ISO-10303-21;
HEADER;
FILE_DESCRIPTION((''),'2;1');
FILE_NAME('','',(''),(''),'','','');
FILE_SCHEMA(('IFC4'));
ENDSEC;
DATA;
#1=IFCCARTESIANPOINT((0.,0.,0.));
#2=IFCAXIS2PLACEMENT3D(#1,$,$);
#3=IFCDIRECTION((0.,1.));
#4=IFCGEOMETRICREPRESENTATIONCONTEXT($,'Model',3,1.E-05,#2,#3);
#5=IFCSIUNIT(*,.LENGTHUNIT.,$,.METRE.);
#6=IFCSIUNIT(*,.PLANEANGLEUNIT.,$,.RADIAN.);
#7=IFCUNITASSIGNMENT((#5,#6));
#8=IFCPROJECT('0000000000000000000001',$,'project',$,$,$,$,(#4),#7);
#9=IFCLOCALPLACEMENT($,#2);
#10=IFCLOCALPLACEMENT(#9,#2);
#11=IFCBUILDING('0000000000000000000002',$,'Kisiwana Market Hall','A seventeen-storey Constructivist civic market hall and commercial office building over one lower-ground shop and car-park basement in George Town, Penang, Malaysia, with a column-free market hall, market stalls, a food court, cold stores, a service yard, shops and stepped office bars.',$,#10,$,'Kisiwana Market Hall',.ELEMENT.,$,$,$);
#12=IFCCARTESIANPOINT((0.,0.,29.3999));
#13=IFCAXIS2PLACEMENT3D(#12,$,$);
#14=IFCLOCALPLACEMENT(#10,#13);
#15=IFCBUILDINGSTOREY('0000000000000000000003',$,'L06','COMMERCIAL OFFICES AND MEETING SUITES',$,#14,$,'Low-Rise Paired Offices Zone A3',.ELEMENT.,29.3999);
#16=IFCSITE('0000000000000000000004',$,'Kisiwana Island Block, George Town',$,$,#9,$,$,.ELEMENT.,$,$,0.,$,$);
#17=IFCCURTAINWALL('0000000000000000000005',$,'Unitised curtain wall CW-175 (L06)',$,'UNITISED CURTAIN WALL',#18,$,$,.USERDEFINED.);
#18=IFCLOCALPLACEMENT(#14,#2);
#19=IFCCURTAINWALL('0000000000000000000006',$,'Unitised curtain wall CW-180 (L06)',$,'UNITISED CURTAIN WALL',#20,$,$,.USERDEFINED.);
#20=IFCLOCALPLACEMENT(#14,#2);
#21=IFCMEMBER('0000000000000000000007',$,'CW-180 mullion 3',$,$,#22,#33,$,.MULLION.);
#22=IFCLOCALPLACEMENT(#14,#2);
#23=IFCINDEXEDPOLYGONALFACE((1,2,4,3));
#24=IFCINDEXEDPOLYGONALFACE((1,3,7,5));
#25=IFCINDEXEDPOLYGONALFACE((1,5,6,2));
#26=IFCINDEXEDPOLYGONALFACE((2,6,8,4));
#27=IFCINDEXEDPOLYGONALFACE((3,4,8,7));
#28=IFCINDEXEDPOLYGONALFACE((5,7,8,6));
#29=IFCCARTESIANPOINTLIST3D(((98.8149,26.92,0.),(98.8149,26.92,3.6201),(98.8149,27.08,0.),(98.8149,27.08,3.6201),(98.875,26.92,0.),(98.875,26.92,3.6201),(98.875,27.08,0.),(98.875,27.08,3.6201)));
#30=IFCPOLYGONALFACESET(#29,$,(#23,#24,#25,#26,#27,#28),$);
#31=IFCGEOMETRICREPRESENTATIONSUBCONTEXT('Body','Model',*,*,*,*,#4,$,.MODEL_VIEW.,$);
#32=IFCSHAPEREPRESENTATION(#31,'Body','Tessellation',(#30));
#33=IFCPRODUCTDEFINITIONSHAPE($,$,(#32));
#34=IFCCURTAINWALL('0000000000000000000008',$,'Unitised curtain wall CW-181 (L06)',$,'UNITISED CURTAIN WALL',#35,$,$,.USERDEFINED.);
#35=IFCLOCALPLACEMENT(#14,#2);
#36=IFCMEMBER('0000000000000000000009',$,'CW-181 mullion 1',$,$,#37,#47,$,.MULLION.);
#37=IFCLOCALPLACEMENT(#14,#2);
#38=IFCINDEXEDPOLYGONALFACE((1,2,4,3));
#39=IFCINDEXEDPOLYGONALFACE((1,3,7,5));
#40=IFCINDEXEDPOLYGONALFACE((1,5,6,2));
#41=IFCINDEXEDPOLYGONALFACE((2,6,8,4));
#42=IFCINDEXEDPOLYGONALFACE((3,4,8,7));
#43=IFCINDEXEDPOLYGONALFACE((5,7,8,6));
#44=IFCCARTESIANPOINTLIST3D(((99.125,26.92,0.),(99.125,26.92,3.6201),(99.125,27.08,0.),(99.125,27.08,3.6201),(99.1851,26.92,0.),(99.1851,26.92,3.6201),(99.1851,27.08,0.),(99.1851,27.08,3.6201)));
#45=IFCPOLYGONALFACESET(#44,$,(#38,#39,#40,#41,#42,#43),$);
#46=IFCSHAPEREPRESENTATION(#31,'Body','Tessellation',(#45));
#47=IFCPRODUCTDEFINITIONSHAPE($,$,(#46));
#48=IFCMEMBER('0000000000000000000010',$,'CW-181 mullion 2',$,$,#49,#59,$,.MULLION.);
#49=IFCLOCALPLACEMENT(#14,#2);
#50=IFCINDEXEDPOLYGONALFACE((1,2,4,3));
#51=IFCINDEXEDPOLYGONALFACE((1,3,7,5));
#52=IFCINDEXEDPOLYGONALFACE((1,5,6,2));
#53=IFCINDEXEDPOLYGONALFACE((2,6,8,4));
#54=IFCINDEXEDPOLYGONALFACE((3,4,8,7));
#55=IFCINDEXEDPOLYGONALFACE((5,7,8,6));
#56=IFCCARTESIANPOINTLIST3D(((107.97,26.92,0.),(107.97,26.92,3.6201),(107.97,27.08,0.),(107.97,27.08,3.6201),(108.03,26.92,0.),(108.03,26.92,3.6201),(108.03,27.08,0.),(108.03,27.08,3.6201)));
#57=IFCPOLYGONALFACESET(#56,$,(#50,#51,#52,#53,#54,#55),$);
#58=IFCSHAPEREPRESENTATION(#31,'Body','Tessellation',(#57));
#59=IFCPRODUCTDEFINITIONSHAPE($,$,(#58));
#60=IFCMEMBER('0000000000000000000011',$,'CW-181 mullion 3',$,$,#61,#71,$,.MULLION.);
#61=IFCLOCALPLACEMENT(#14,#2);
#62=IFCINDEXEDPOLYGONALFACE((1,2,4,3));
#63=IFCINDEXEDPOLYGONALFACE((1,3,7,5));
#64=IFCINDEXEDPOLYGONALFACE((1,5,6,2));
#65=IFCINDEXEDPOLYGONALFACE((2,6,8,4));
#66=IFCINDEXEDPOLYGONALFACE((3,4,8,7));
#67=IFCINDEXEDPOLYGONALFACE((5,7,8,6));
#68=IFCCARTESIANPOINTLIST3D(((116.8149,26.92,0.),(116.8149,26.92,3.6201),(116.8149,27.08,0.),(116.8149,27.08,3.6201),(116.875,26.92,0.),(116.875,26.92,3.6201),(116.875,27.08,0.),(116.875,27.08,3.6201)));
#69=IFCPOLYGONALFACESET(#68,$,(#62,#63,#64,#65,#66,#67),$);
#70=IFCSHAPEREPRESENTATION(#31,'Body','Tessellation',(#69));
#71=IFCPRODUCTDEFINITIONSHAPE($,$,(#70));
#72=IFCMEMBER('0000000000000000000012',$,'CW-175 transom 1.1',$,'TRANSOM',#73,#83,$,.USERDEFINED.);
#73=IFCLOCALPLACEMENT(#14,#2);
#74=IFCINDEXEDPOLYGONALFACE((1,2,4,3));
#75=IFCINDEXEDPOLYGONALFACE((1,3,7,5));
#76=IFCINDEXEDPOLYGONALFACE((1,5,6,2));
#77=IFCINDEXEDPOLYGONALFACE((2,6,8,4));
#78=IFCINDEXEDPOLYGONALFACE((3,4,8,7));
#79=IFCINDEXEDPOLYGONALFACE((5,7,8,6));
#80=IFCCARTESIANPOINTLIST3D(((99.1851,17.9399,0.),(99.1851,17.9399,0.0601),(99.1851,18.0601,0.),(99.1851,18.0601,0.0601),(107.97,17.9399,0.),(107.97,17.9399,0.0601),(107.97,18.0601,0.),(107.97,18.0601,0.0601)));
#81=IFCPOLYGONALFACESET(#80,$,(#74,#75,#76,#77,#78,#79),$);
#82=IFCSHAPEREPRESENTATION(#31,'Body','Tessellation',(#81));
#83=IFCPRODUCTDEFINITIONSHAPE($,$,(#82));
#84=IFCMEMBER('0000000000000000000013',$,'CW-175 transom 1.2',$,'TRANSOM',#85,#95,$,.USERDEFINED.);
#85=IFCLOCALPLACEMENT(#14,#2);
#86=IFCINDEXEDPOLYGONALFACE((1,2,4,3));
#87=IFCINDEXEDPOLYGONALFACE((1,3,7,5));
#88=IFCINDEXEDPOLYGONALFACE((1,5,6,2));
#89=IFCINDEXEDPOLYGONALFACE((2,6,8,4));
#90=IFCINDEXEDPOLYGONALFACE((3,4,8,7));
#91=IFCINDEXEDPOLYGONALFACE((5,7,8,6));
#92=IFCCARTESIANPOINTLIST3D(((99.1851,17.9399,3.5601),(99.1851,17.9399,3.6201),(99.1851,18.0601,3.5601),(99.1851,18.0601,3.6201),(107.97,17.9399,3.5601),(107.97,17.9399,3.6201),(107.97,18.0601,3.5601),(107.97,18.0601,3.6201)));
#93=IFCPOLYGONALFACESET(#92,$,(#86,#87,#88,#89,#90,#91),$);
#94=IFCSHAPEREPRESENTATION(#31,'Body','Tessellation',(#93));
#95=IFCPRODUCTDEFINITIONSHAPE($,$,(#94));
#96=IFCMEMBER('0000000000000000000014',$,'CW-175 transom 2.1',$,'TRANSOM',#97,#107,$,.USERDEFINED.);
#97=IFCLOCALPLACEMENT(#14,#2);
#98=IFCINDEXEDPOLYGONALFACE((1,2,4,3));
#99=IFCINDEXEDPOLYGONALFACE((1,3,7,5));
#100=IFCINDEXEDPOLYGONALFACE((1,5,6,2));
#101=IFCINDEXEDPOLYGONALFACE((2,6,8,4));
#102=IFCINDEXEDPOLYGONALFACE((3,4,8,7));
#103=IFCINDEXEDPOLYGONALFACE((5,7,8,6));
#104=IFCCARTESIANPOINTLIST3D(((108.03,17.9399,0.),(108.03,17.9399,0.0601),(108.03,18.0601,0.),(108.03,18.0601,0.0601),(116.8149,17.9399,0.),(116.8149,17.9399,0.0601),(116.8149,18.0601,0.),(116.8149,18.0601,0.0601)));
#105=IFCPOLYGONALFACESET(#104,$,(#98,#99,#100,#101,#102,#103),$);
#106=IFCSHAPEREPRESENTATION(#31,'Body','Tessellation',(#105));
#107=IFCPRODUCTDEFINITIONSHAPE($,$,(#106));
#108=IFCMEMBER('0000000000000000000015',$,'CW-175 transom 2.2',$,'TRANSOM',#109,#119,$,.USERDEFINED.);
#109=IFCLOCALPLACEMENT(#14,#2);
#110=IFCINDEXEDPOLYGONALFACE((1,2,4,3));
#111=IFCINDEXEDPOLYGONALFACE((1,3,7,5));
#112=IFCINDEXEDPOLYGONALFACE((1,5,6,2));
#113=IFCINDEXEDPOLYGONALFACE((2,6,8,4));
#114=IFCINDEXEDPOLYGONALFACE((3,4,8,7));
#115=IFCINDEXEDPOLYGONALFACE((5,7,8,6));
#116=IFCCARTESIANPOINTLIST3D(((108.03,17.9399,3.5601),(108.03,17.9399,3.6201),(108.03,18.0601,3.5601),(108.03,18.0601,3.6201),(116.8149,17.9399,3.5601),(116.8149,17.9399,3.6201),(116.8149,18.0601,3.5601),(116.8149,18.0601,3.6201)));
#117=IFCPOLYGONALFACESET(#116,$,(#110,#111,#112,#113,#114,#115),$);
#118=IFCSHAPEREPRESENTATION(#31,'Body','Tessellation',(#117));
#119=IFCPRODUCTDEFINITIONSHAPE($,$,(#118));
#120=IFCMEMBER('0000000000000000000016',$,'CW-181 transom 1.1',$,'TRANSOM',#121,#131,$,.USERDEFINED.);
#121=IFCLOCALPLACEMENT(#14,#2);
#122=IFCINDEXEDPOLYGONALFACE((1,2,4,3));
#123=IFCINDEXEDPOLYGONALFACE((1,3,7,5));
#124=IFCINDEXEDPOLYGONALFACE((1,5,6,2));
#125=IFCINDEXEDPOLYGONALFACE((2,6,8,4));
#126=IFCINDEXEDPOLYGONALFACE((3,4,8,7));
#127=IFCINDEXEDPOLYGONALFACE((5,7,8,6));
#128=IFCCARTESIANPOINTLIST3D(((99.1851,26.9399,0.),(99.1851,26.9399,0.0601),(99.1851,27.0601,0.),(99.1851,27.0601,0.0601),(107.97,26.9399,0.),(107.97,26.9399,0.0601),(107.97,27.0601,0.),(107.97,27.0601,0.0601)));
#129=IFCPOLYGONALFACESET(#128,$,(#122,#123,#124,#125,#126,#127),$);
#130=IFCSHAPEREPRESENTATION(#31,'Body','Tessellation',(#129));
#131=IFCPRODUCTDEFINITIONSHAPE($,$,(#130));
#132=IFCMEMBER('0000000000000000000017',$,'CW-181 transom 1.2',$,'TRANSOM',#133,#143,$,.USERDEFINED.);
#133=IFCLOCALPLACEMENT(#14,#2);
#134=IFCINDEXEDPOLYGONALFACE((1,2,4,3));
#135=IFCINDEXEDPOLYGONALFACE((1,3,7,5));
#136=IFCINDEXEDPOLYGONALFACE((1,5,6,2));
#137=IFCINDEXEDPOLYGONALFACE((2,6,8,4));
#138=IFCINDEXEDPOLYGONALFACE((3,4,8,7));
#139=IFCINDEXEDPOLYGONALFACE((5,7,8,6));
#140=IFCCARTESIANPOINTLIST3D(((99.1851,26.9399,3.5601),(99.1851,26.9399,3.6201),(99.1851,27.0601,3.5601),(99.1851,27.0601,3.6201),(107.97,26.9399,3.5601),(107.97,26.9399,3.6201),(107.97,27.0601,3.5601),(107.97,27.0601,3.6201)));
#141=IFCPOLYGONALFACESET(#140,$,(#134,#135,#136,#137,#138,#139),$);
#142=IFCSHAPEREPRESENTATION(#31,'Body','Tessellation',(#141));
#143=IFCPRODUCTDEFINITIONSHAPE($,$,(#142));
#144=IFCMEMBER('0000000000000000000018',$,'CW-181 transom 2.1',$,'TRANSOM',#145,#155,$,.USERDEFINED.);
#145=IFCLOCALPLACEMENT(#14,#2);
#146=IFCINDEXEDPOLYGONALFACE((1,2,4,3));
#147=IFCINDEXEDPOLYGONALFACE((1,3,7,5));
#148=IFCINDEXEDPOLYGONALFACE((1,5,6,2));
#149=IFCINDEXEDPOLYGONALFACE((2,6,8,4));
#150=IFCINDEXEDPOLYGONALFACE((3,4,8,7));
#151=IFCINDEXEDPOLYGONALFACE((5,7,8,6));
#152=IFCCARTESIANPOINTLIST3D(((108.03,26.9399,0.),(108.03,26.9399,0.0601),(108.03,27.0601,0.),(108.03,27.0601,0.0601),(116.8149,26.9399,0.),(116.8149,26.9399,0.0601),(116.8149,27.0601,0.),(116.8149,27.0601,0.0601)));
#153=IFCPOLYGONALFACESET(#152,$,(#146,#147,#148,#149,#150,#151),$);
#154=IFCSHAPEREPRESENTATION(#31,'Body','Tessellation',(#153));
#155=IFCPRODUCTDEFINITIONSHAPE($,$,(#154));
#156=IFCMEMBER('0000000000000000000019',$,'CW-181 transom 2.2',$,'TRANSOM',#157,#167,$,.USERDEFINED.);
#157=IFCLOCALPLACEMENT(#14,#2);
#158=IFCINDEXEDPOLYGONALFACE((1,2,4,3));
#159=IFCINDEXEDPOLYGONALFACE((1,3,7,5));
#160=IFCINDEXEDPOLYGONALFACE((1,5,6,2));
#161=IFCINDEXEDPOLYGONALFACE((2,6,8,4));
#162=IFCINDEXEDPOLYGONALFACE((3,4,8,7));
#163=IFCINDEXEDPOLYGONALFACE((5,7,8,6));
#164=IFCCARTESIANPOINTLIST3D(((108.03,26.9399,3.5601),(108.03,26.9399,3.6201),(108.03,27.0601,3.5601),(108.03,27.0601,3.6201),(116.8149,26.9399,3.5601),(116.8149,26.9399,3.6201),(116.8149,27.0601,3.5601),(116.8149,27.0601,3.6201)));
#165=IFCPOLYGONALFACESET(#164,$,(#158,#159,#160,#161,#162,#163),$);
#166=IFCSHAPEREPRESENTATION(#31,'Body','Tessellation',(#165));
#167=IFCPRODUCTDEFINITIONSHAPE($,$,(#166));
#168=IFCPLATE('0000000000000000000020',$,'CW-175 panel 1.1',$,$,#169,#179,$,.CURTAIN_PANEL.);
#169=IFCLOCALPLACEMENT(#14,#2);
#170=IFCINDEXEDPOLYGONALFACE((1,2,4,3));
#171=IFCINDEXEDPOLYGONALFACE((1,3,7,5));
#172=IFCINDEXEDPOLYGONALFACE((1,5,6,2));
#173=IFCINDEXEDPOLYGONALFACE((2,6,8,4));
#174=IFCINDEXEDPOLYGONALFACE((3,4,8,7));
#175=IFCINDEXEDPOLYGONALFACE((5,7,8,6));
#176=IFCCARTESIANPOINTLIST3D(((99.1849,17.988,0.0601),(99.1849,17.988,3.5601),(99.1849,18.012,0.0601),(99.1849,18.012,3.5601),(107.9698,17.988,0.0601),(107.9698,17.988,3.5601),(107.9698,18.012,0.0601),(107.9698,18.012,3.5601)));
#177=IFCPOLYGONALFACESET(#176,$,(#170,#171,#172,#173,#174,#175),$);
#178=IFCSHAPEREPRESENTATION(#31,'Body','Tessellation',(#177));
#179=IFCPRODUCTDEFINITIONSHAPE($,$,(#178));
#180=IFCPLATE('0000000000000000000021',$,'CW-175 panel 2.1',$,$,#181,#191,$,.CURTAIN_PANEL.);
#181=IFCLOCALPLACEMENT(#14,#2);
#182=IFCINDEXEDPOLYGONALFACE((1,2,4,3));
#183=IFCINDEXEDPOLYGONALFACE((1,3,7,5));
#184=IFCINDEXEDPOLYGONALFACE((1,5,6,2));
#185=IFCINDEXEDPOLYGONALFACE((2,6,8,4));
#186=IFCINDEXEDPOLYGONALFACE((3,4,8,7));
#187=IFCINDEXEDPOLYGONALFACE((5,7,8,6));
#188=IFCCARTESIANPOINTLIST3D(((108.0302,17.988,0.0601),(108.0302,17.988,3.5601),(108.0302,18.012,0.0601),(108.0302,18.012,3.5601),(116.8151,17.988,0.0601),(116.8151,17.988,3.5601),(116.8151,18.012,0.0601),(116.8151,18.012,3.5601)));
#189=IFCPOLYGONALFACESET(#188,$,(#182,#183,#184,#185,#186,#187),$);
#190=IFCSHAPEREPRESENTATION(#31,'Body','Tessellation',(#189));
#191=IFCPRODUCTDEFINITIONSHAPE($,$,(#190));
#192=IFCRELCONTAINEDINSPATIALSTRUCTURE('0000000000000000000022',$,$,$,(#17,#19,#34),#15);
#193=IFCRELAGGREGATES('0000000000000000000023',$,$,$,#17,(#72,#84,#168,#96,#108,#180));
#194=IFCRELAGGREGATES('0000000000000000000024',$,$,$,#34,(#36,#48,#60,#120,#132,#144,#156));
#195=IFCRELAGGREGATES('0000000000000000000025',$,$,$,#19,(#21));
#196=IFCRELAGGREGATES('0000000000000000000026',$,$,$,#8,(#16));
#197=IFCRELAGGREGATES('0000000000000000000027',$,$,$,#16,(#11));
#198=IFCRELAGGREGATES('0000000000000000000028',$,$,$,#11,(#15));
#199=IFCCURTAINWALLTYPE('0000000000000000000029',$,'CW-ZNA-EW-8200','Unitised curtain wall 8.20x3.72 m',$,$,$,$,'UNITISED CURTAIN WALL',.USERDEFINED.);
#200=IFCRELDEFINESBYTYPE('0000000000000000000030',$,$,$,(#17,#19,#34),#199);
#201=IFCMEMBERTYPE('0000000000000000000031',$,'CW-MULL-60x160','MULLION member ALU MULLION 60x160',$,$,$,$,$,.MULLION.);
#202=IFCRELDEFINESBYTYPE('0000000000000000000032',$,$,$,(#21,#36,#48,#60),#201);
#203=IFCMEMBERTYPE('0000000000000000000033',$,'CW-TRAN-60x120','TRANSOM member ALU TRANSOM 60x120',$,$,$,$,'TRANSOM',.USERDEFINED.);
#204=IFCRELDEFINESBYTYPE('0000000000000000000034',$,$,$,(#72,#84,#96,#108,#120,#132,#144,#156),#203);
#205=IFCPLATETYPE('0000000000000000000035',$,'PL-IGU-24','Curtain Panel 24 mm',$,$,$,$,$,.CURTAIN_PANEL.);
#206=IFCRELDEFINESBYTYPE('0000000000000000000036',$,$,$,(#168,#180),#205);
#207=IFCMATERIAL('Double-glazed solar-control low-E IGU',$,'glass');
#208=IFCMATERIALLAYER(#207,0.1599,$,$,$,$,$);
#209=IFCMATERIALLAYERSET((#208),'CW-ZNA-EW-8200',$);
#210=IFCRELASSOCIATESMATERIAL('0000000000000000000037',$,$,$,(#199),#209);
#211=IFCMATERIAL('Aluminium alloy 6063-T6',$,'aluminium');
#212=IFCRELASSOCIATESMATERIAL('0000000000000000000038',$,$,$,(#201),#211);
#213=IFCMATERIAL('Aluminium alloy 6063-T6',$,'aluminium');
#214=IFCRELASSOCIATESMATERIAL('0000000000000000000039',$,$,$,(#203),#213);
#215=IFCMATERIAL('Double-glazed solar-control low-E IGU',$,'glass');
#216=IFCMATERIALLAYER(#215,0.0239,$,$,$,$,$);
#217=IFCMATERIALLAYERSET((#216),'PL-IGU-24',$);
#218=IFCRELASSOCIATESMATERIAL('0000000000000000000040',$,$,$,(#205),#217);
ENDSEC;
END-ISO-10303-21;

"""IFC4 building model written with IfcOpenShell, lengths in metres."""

from ifc_helpers import new_model, si_unit, direction, frame, origin, origin_2d, place, context, subcontext, project, spatial, rectangle, extrude, material, layer, layer_set, material_profile, profile_set, type_object, element, aggregate, save


model = new_model("IFC4")

# Units and contexts
model_context = context("Model", 3, precision=1e-05, world=origin(), true_north=direction((0.0, 1.0)))
body_context = subcontext(model_context, "Body", "Model", "MODEL_VIEW")
ifc_project = project(units=[si_unit("LENGTHUNIT", "METRE"), si_unit("PLANEANGLEUNIT", "RADIAN")], contexts=[model_context])

# Site, building, storey
site_placement = place(None, origin())
site = spatial("IfcSite", under=ifc_project, at=site_placement, Name="Kisiwana Island Block, George Town", CompositionType="ELEMENT", RefElevation=0.0)
building_placement = place(site_placement, origin())
building = spatial("IfcBuilding", under=site, at=building_placement, Name="Kisiwana Market Hall", Description="A seventeen-storey Constructivist civic market hall and commercial office building over one lower-ground shop and car-park basement in George Town, Penang, Malaysia, with a column-free market hall, market stalls, a food court, cold stores, a service yard, shops and stepped office bars.", LongName="Kisiwana Market Hall", CompositionType="ELEMENT")
storey_placement = place(building_placement, frame((0.0, 0.0, 29.3999)))
storey = spatial("IfcBuildingStorey", under=building, at=storey_placement, Name="L06", Description="COMMERCIAL OFFICES AND MEETING SUITES", LongName="Low-Rise Paired Offices Zone A3", CompositionType="ELEMENT", Elevation=29.3999)

# Shared definitions
ifc_material_1 = material(Name="Double-glazed solar-control low-E IGU", Category="glass")
ifc_layer_1 = layer(ifc_material_1, 0.1599)
ifc_layer_set_1 = layer_set([ifc_layer_1], Name="CW-ZNA-EW-8200")
curtain_wall_type = type_object("IfcCurtainWallType", Name="CW-ZNA-EW-8200", Description="Unitised curtain wall 8.20x3.72 m", ElementType="UNITISED CURTAIN WALL", PredefinedType="USERDEFINED", material=ifc_layer_set_1)
ifc_material_2 = material(Name="Aluminium alloy 6063-T6", Category="aluminium")
ifc_material_profile_1 = material_profile(ifc_material_2, rectangle(XDim=0.0601, YDim=0.1599, at=origin_2d()), Name="ALU MULLION 60x160")
ifc_profile_set_1 = profile_set([ifc_material_profile_1], Name="Aluminium alloy 6063-T6")
member_type_1 = type_object("IfcMemberType", Name="CW-MULL-60x160", Description="MULLION member ALU MULLION 60x160", PredefinedType="MULLION", material=ifc_profile_set_1)

# Curtain wall
curtain_wall_1_placement = place(storey_placement, origin())
curtain_wall_1 = element("IfcCurtainWall", 1, at=curtain_wall_1_placement, inside=storey, type_object=curtain_wall_type, Name="Unitised curtain wall CW-175 (L06)", ObjectType="UNITISED CURTAIN WALL", PredefinedType="USERDEFINED")

# Curtain wall, member
curtain_wall_2_placement = place(storey_placement, origin())
curtain_wall_2 = element("IfcCurtainWall", 2, at=curtain_wall_2_placement, inside=storey, type_object=curtain_wall_type, Name="Unitised curtain wall CW-180 (L06)", ObjectType="UNITISED CURTAIN WALL", PredefinedType="USERDEFINED")
member_1_placement = place(storey_placement, frame((98.845, 27.0, 0.0), z_axis=(0.0, 0.0, 1.0), x_axis=(1.0, 0.0, 0.0)))
member_1 = element("IfcMember", 3, at=member_1_placement, type_object=member_type_1, Name="CW-180 mullion 3", PredefinedType="MULLION", context=body_context, shape_type="SweptSolid", body=[
    extrude(rectangle(XDim=0.0601, YDim=0.1599, at=origin_2d()), origin(), (0.0, 0.0, 1.0), 3.6201),
])

# Curtain wall, members
curtain_wall_3_placement = place(storey_placement, origin())
curtain_wall_3 = element("IfcCurtainWall", 4, at=curtain_wall_3_placement, inside=storey, type_object=curtain_wall_type, Name="Unitised curtain wall CW-181 (L06)", ObjectType="UNITISED CURTAIN WALL", PredefinedType="USERDEFINED")
member_2_placement = place(storey_placement, frame((99.155, 27.0, 0.0), z_axis=(0.0, 0.0, 1.0), x_axis=(1.0, 0.0, 0.0)))
member_2 = element("IfcMember", 5, at=member_2_placement, type_object=member_type_1, Name="CW-181 mullion 1", PredefinedType="MULLION", context=body_context, shape_type="SweptSolid", body=[
    extrude(rectangle(XDim=0.0601, YDim=0.1599, at=origin_2d()), origin(), (0.0, 0.0, 1.0), 3.6201),
])
member_3_placement = place(storey_placement, frame((108.0, 27.0, 0.0), z_axis=(0.0, 0.0, 1.0), x_axis=(1.0, 0.0, 0.0)))
member_3 = element("IfcMember", 6, at=member_3_placement, type_object=member_type_1, Name="CW-181 mullion 2", PredefinedType="MULLION", context=body_context, shape_type="SweptSolid", body=[
    extrude(rectangle(XDim=0.0601, YDim=0.1599, at=origin_2d()), origin(), (0.0, 0.0, 1.0), 3.6201),
])
member_4_placement = place(storey_placement, frame((116.845, 27.0, 0.0), z_axis=(0.0, 0.0, 1.0), x_axis=(1.0, 0.0, 0.0)))
member_4 = element("IfcMember", 7, at=member_4_placement, type_object=member_type_1, Name="CW-181 mullion 3", PredefinedType="MULLION", context=body_context, shape_type="SweptSolid", body=[
    extrude(rectangle(XDim=0.0601, YDim=0.1599, at=origin_2d()), origin(), (0.0, 0.0, 1.0), 3.6201),
])

# Members
ifc_material_3 = material(Name="Aluminium alloy 6063-T6", Category="aluminium")
ifc_material_profile_2 = material_profile(ifc_material_3, rectangle(XDim=0.1201, YDim=0.0601, at=origin_2d()), Name="ALU TRANSOM 60x120")
ifc_profile_set_2 = profile_set([ifc_material_profile_2], Name="Aluminium alloy 6063-T6")
member_type_2 = type_object("IfcMemberType", Name="CW-TRAN-60x120", Description="TRANSOM member ALU TRANSOM 60x120", ElementType="TRANSOM", PredefinedType="USERDEFINED", material=ifc_profile_set_2)
member_5_placement = place(storey_placement, frame((99.1851, 18.0, 0.03), z_axis=(1.0, 0.0, 0.0), x_axis=(0.0, 1.0, 0.0)))
member_5 = element("IfcMember", 8, at=member_5_placement, type_object=member_type_2, Name="CW-175 transom 1.1", ObjectType="TRANSOM", PredefinedType="USERDEFINED", context=body_context, shape_type="SweptSolid", body=[
    extrude(rectangle(XDim=0.1201, YDim=0.0601, at=origin_2d()), origin(), (0.0, 0.0, 1.0), 8.7849),
])
member_6_placement = place(storey_placement, frame((99.1851, 18.0, 3.5901), z_axis=(1.0, 0.0, 0.0), x_axis=(0.0, 1.0, 0.0)))
member_6 = element("IfcMember", 9, at=member_6_placement, type_object=member_type_2, Name="CW-175 transom 1.2", ObjectType="TRANSOM", PredefinedType="USERDEFINED", context=body_context, shape_type="SweptSolid", body=[
    extrude(rectangle(XDim=0.1201, YDim=0.0601, at=origin_2d()), origin(), (0.0, 0.0, 1.0), 8.7849),
])
member_7_placement = place(storey_placement, frame((108.03, 18.0, 0.03), z_axis=(1.0, 0.0, 0.0), x_axis=(0.0, 1.0, 0.0)))
member_7 = element("IfcMember", 10, at=member_7_placement, type_object=member_type_2, Name="CW-175 transom 2.1", ObjectType="TRANSOM", PredefinedType="USERDEFINED", context=body_context, shape_type="SweptSolid", body=[
    extrude(rectangle(XDim=0.1201, YDim=0.0601, at=origin_2d()), origin(), (0.0, 0.0, 1.0), 8.7849),
])
member_8_placement = place(storey_placement, frame((108.03, 18.0, 3.5901), z_axis=(1.0, 0.0, 0.0), x_axis=(0.0, 1.0, 0.0)))
member_8 = element("IfcMember", 11, at=member_8_placement, type_object=member_type_2, Name="CW-175 transom 2.2", ObjectType="TRANSOM", PredefinedType="USERDEFINED", context=body_context, shape_type="SweptSolid", body=[
    extrude(rectangle(XDim=0.1201, YDim=0.0601, at=origin_2d()), origin(), (0.0, 0.0, 1.0), 8.7849),
])
member_9_placement = place(storey_placement, frame((99.1851, 27.0, 0.03), z_axis=(1.0, 0.0, 0.0), x_axis=(0.0, 1.0, 0.0)))
member_9 = element("IfcMember", 12, at=member_9_placement, type_object=member_type_2, Name="CW-181 transom 1.1", ObjectType="TRANSOM", PredefinedType="USERDEFINED", context=body_context, shape_type="SweptSolid", body=[
    extrude(rectangle(XDim=0.1201, YDim=0.0601, at=origin_2d()), origin(), (0.0, 0.0, 1.0), 8.7849),
])
member_10_placement = place(storey_placement, frame((99.1851, 27.0, 3.5901), z_axis=(1.0, 0.0, 0.0), x_axis=(0.0, 1.0, 0.0)))
member_10 = element("IfcMember", 13, at=member_10_placement, type_object=member_type_2, Name="CW-181 transom 1.2", ObjectType="TRANSOM", PredefinedType="USERDEFINED", context=body_context, shape_type="SweptSolid", body=[
    extrude(rectangle(XDim=0.1201, YDim=0.0601, at=origin_2d()), origin(), (0.0, 0.0, 1.0), 8.7849),
])
member_11_placement = place(storey_placement, frame((108.03, 27.0, 0.03), z_axis=(1.0, 0.0, 0.0), x_axis=(0.0, 1.0, 0.0)))
member_11 = element("IfcMember", 14, at=member_11_placement, type_object=member_type_2, Name="CW-181 transom 2.1", ObjectType="TRANSOM", PredefinedType="USERDEFINED", context=body_context, shape_type="SweptSolid", body=[
    extrude(rectangle(XDim=0.1201, YDim=0.0601, at=origin_2d()), origin(), (0.0, 0.0, 1.0), 8.7849),
])
member_12_placement = place(storey_placement, frame((108.03, 27.0, 3.5901), z_axis=(1.0, 0.0, 0.0), x_axis=(0.0, 1.0, 0.0)))
member_12 = element("IfcMember", 15, at=member_12_placement, type_object=member_type_2, Name="CW-181 transom 2.2", ObjectType="TRANSOM", PredefinedType="USERDEFINED", context=body_context, shape_type="SweptSolid", body=[
    extrude(rectangle(XDim=0.1201, YDim=0.0601, at=origin_2d()), origin(), (0.0, 0.0, 1.0), 8.7849),
])

# Plates
ifc_material_4 = material(Name="Double-glazed solar-control low-E IGU", Category="glass")
ifc_layer_2 = layer(ifc_material_4, 0.0239)
ifc_layer_set_2 = layer_set([ifc_layer_2], Name="PL-IGU-24")
plate_type_1 = type_object("IfcPlateType", Name="PL-IGU-24", Description="Curtain Panel 24 mm", PredefinedType="CURTAIN_PANEL", material=ifc_layer_set_2)
plate_1_placement = place(storey_placement, frame((103.5774, 18.0, 0.0601), z_axis=(0.0, 0.0, 1.0), x_axis=(1.0, 0.0, 0.0)))
plate_1 = element("IfcPlate", 16, at=plate_1_placement, type_object=plate_type_1, Name="CW-175 panel 1.1", PredefinedType="CURTAIN_PANEL", context=body_context, shape_type="SweptSolid", body=[
    extrude(rectangle(XDim=8.7849, YDim=0.0239, at=origin_2d()), origin(), (0.0, 0.0, 1.0), 3.5),
])
plate_2_placement = place(storey_placement, frame((112.4226, 18.0, 0.0601), z_axis=(0.0, 0.0, 1.0), x_axis=(1.0, 0.0, 0.0)))
plate_2 = element("IfcPlate", 17, at=plate_2_placement, type_object=plate_type_1, Name="CW-175 panel 2.1", PredefinedType="CURTAIN_PANEL", context=body_context, shape_type="SweptSolid", body=[
    extrude(rectangle(XDim=8.7849, YDim=0.0239, at=origin_2d()), origin(), (0.0, 0.0, 1.0), 3.5),
])
aggregate(curtain_wall_1, [member_5, member_6, plate_1, member_7, member_8, plate_2])
aggregate(curtain_wall_3, [member_2, member_3, member_4, member_9, member_10, member_11, member_12])
aggregate(curtain_wall_2, [member_1])

save(model, "model.ifc")
